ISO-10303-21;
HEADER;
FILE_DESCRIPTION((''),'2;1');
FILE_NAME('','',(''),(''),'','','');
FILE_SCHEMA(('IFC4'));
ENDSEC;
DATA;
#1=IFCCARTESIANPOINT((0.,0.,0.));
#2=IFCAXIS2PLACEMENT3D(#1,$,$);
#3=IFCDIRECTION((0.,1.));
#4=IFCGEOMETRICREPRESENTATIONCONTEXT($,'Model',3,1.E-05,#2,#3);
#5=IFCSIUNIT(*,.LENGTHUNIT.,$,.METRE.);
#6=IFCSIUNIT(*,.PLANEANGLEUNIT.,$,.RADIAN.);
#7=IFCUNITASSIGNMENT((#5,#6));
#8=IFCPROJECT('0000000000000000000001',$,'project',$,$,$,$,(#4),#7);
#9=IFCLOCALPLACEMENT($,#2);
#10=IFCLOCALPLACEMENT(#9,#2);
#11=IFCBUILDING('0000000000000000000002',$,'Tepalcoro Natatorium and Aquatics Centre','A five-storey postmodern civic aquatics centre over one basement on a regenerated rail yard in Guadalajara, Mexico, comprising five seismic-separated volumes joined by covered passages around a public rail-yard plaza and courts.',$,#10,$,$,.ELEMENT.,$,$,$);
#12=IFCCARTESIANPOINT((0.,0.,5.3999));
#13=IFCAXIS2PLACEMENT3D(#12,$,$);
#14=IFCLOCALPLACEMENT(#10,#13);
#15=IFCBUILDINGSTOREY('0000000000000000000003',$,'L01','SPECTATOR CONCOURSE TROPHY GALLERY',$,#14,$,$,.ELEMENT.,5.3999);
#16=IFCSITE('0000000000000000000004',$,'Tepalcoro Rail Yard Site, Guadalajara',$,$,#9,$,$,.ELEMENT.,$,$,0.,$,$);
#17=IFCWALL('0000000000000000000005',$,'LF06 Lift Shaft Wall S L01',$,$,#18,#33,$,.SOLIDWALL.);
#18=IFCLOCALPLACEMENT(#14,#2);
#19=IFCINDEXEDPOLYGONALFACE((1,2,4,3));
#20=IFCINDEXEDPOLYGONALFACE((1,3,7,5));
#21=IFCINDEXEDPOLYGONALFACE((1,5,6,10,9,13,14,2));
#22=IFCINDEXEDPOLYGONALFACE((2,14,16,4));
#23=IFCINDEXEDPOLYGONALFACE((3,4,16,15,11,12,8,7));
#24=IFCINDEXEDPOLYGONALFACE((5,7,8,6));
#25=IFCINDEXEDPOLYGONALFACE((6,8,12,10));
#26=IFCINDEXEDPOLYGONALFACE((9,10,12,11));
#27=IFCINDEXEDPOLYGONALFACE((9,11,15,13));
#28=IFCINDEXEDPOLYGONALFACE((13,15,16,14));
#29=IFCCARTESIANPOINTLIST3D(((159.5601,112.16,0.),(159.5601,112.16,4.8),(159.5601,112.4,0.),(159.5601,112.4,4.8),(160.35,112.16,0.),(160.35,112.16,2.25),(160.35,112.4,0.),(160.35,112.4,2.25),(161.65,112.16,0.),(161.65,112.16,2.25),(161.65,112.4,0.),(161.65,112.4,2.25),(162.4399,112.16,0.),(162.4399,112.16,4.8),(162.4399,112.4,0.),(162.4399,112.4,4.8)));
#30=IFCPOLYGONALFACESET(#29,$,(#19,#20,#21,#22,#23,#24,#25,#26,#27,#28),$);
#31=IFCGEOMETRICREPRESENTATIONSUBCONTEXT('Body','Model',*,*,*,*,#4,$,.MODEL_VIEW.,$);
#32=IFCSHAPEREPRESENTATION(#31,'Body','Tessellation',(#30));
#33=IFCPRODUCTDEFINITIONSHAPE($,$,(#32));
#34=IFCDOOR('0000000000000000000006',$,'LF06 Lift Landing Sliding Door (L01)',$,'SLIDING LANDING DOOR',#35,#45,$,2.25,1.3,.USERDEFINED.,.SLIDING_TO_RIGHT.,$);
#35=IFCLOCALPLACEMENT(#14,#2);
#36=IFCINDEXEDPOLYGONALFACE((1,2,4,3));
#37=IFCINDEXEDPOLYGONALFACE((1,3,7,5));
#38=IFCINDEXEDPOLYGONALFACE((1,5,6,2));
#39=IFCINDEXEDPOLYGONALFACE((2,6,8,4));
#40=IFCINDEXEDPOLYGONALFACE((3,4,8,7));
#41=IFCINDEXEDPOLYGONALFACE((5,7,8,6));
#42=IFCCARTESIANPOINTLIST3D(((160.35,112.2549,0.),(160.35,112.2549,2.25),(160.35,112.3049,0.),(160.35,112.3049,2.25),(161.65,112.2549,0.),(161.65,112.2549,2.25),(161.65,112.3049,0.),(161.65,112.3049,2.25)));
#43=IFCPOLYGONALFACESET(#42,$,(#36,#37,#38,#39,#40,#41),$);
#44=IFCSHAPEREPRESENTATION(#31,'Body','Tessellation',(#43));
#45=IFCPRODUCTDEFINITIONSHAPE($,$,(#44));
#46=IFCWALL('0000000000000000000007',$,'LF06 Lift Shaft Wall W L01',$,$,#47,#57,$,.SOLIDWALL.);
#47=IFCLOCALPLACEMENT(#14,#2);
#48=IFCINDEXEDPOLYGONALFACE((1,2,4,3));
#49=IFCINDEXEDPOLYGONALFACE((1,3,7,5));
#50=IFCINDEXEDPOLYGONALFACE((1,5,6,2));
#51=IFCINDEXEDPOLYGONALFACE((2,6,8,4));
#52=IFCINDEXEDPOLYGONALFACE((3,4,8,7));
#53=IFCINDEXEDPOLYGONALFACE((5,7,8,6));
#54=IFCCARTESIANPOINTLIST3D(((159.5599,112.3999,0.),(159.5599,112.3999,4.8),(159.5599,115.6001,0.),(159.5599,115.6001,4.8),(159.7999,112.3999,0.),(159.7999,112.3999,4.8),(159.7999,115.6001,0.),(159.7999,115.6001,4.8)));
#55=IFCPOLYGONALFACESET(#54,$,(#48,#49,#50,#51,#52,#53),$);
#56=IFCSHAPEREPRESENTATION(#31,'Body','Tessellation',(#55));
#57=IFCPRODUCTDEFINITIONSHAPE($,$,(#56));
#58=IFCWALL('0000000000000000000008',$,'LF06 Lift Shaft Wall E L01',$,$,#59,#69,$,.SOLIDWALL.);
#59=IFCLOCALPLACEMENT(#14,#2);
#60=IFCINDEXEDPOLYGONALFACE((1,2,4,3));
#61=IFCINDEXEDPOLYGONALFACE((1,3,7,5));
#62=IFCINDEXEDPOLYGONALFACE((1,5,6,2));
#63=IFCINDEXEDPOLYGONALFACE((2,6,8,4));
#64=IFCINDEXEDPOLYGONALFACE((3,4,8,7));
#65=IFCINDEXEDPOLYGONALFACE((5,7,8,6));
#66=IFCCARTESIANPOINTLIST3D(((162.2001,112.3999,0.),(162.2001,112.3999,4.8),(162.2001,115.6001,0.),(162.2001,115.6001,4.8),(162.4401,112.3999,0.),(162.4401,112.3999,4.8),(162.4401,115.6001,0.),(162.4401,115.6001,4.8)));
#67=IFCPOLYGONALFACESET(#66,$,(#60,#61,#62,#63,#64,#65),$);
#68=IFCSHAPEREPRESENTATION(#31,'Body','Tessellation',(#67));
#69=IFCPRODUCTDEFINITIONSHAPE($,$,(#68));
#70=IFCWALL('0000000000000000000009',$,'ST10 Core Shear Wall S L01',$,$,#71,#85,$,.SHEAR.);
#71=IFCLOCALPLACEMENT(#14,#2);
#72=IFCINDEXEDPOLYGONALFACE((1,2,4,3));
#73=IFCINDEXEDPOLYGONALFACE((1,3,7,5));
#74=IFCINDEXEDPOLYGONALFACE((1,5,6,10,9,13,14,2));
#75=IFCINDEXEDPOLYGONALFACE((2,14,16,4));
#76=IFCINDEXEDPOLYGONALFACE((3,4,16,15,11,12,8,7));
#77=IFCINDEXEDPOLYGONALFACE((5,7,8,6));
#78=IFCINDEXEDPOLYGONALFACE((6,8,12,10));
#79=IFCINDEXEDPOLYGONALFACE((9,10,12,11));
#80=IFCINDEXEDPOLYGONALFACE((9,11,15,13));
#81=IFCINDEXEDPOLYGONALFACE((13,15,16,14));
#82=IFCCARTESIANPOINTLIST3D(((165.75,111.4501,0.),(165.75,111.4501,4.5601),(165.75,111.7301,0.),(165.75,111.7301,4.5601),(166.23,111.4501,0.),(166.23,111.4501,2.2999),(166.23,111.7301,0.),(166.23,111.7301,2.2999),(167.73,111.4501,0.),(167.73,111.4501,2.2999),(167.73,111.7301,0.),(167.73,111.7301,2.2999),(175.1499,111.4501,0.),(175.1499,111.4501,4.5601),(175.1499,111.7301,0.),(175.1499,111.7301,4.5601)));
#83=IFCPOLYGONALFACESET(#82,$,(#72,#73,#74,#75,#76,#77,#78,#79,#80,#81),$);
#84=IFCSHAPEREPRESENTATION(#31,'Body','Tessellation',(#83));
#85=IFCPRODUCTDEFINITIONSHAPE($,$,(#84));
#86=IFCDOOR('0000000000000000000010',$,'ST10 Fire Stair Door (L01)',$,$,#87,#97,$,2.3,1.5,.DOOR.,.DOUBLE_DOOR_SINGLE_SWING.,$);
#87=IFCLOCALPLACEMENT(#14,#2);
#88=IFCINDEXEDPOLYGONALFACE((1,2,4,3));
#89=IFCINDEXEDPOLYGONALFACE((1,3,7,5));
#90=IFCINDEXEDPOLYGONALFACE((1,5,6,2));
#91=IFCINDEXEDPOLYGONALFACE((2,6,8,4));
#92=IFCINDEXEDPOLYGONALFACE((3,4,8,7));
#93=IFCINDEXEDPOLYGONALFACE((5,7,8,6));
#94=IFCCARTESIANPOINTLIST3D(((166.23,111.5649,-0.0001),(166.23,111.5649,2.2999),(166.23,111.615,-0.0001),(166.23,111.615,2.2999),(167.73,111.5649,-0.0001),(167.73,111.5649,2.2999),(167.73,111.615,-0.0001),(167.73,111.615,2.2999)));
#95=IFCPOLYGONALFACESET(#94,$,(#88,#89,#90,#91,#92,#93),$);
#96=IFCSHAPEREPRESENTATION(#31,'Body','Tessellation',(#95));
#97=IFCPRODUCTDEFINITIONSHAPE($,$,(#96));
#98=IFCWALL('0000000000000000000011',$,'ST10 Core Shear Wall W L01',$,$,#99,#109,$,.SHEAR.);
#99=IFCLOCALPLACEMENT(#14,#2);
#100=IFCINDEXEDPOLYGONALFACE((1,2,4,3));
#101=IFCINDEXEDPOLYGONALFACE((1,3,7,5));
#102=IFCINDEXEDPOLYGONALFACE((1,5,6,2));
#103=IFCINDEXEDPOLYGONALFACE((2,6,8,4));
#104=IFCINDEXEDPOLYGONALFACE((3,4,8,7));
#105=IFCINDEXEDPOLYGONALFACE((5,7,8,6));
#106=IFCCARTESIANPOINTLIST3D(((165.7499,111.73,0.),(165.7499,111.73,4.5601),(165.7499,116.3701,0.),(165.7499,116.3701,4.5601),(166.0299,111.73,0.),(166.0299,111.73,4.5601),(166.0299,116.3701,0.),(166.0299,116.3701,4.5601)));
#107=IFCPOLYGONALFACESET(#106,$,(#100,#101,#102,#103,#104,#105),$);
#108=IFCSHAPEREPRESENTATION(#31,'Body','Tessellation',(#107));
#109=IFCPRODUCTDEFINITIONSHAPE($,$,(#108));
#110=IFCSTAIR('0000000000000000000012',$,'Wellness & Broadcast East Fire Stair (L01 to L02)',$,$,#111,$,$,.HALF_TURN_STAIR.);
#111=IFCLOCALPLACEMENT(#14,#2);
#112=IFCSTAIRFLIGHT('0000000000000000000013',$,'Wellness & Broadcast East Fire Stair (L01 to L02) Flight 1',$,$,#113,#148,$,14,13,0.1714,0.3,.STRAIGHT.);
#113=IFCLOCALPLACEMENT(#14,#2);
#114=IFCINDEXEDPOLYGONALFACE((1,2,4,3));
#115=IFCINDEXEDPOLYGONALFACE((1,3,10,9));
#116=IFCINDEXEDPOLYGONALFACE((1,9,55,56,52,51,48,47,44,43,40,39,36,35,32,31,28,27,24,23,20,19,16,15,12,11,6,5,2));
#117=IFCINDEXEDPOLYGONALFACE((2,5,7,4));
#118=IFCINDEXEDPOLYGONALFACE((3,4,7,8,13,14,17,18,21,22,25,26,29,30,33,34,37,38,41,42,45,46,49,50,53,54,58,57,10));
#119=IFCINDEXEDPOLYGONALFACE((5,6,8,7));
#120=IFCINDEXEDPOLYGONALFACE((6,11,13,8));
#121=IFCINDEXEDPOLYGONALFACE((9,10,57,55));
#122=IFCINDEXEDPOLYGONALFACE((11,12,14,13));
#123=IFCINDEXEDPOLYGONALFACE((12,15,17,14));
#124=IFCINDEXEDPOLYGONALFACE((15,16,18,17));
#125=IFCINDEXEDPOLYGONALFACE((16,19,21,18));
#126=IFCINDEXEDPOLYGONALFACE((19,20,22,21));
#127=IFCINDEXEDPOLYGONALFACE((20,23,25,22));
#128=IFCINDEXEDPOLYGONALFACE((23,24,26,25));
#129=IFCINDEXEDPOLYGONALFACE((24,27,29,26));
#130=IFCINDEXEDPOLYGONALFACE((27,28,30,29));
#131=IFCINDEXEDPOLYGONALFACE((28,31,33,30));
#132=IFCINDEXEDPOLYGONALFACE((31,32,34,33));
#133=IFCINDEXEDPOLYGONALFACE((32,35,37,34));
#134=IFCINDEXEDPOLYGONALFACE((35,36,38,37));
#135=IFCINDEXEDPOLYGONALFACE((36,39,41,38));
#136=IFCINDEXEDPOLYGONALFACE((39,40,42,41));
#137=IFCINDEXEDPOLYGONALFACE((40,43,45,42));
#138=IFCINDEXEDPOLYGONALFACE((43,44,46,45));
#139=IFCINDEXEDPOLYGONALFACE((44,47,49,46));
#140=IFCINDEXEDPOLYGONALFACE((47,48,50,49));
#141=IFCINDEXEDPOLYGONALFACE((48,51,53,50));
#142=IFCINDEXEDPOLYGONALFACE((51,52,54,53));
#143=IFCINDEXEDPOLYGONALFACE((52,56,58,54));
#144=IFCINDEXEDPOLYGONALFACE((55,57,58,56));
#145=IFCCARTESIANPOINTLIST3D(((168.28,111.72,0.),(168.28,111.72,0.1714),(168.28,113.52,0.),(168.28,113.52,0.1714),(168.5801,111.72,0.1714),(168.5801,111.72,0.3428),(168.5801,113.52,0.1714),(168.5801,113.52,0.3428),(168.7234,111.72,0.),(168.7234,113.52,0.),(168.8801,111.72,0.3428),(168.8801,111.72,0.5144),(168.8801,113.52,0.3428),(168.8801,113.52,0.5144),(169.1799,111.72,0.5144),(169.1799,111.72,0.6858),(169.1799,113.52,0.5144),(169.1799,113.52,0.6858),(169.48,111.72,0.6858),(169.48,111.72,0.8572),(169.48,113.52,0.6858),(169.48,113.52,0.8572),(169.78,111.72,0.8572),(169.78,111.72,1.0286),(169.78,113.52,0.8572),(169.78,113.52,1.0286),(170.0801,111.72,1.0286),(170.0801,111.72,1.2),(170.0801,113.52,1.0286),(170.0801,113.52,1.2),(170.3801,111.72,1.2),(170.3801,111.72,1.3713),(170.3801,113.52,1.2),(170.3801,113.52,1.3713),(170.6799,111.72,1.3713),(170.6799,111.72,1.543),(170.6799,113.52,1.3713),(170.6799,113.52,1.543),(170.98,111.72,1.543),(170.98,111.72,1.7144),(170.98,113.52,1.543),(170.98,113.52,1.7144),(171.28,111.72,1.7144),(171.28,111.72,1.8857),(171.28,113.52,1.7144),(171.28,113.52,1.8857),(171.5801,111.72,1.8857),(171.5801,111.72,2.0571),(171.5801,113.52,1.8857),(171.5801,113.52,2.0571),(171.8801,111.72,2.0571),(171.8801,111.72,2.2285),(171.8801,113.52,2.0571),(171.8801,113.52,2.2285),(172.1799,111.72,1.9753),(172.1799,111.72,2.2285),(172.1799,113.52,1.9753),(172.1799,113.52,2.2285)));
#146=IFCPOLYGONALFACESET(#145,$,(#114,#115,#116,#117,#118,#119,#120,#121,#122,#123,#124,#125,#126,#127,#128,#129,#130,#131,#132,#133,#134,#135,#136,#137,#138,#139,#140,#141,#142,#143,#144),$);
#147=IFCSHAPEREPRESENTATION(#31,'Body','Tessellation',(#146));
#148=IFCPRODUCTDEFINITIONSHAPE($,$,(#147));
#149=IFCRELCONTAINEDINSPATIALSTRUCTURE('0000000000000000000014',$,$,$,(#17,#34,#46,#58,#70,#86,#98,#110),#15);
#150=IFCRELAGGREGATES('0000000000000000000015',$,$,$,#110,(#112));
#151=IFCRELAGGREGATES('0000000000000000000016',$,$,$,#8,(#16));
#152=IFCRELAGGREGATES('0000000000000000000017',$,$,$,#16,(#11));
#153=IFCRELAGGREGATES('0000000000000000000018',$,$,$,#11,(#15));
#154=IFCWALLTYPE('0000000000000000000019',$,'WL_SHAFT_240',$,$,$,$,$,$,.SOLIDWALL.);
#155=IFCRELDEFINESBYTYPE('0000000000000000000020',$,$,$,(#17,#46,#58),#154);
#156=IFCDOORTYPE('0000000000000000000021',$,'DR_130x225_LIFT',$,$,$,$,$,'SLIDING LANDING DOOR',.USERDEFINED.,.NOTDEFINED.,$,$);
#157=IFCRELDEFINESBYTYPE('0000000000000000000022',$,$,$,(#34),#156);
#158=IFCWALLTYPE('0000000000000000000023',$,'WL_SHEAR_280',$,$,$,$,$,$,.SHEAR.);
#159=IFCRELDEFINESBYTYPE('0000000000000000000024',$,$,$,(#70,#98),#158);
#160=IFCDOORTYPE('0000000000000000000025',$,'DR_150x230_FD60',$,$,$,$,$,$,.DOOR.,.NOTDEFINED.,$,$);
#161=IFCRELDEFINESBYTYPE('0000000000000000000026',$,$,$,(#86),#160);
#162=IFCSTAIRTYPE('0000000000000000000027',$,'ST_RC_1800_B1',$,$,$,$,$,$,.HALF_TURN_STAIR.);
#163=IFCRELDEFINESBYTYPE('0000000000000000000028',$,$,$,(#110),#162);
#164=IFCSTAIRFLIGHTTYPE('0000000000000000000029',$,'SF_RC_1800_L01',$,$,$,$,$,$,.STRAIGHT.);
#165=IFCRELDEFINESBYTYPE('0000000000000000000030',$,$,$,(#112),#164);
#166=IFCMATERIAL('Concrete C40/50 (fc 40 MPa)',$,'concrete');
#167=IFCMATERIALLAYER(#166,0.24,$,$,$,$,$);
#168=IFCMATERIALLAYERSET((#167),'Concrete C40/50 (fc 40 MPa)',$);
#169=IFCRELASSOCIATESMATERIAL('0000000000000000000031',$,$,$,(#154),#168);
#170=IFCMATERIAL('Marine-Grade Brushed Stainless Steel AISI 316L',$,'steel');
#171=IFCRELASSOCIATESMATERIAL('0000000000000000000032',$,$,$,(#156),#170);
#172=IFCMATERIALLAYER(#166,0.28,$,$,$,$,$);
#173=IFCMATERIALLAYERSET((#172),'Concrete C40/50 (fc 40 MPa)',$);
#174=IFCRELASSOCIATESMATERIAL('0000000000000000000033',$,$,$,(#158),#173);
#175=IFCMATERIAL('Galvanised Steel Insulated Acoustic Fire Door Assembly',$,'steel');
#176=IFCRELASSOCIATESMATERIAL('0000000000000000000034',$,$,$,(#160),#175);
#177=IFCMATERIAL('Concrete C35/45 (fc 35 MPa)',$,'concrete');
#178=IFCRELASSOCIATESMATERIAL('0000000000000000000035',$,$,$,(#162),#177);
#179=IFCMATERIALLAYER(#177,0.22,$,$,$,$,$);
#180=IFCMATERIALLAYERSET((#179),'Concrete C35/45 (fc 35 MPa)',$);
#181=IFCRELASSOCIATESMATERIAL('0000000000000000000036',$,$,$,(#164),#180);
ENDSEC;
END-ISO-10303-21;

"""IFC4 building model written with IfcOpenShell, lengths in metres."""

from ifc_helpers import new_model, si_unit, direction, frame, frame_2d, origin, place, context, subcontext, project, spatial, polyline, rectangle, outline, extrude, material, layer, layer_set, type_object, element, fill, aggregate, save


model = new_model("IFC4")

# Units and contexts
model_context = context("Model", 3, precision=1e-05, world=origin(), true_north=direction((0.0, 1.0)))
body_context = subcontext(model_context, "Body", "Model", "MODEL_VIEW")
ifc_project = project(units=[si_unit("LENGTHUNIT", "METRE"), si_unit("PLANEANGLEUNIT", "RADIAN")], contexts=[model_context])

# Site, building, storey
site_placement = place(None, origin())
site = spatial("IfcSite", under=ifc_project, at=site_placement, Name="Tepalcoro Rail Yard Site, Guadalajara", CompositionType="ELEMENT", RefElevation=0.0)
building_placement = place(site_placement, origin())
building = spatial("IfcBuilding", under=site, at=building_placement, Name="Tepalcoro Natatorium and Aquatics Centre", Description="A five-storey postmodern civic aquatics centre over one basement on a regenerated rail yard in Guadalajara, Mexico, comprising five seismic-separated volumes joined by covered passages around a public rail-yard plaza and courts.", CompositionType="ELEMENT")
storey_placement = place(building_placement, frame((0.0, 0.0, 5.3999)))
storey = spatial("IfcBuildingStorey", under=building, at=storey_placement, Name="L01", Description="SPECTATOR CONCOURSE TROPHY GALLERY", CompositionType="ELEMENT", Elevation=5.3999)

# Shared definitions
ifc_material_1 = material(Name="Concrete C40/50 (fc 40 MPa)", Category="concrete")

# Wall, opening, door
ifc_layer_1 = layer(ifc_material_1, 0.24)
ifc_layer_set_1 = layer_set([ifc_layer_1], Name="Concrete C40/50 (fc 40 MPa)")
wall_type_1 = type_object("IfcWallType", Name="WL_SHAFT_240", PredefinedType="SOLIDWALL", material=ifc_layer_set_1)
wall_1_placement = place(storey_placement, frame((159.5601, 112.28, 0.0), z_axis=(0.0, 0.0, 1.0), x_axis=(1.0, 0.0, 0.0)))
wall_1 = element("IfcWall", 1, at=wall_1_placement, inside=storey, type_object=wall_type_1, Name="LF06 Lift Shaft Wall S L01", PredefinedType="SOLIDWALL", context=body_context, shape_type="SweptSolid", body=[
    extrude(rectangle(XDim=2.8799, YDim=0.24, at=frame_2d((1.4399, 0.0))), origin(), (0.0, 0.0, 1.0), 4.8),
])
opening_1_placement = place(wall_1_placement, frame((0.79, 0.0, 0.0)))
opening_1 = element("IfcOpeningElement", 2, at=opening_1_placement, cuts=wall_1, PredefinedType="OPENING", context=body_context, shape_type="SweptSolid", body=[
    extrude(rectangle(XDim=1.3, YDim=2.25, at=frame_2d((0.6499, 1.125))), frame((0.0, 0.1318, 0.0), z_axis=(0.0, -1.0, 0.0), x_axis=(1.0, 0.0, 0.0)), (0.0, 0.0, 1.0), 0.2639),
])
ifc_material_2 = material(Name="Marine-Grade Brushed Stainless Steel AISI 316L", Category="steel")
door_type_1 = type_object("IfcDoorType", Name="DR_130x225_LIFT", ElementType="SLIDING LANDING DOOR", OperationType="NOTDEFINED", PredefinedType="USERDEFINED", material=ifc_material_2)
door_1_placement = place(opening_1_placement, origin())
door_1 = element("IfcDoor", 3, at=door_1_placement, inside=storey, type_object=door_type_1, Name="LF06 Lift Landing Sliding Door (L01)", ObjectType="SLIDING LANDING DOOR", OperationType="SLIDING_TO_RIGHT", OverallHeight=2.25, OverallWidth=1.3, PredefinedType="USERDEFINED", context=body_context, shape_type="SweptSolid", body=[
    extrude(rectangle(XDim=1.3, YDim=2.25, at=frame_2d((0.6499, 1.125))), frame((0.0, 0.0249, 0.0), z_axis=(0.0, -1.0, 0.0), x_axis=(1.0, 0.0, 0.0)), (0.0, 0.0, 1.0), 0.05),
])
fill(opening_1, door_1)

# Walls
for number, where, z_axis, x_axis, name in (
    (4, (159.6799, 112.3999, 0.0), (0.0, 0.0, 1.0), (0.0, 1.0, 0.0), "LF06 Lift Shaft Wall W L01"),
    (5, (162.3201, 112.3999, 0.0), (0.0, 0.0, 1.0), (0.0, 1.0, 0.0), "LF06 Lift Shaft Wall E L01"),
):
    element("IfcWall", number, at=place(storey_placement, frame(where, z_axis=z_axis, x_axis=x_axis)), inside=storey, type_object=wall_type_1, Name=name, PredefinedType="SOLIDWALL", context=body_context, shape_type="SweptSolid", body=[
        extrude(rectangle(XDim=3.2002, YDim=0.24, at=frame_2d((1.6001, 0.0))), origin(), (0.0, 0.0, 1.0), 4.8),
    ])

# Wall, opening, door
ifc_layer_2 = layer(ifc_material_1, 0.28)
ifc_layer_set_2 = layer_set([ifc_layer_2], Name="Concrete C40/50 (fc 40 MPa)")
wall_type_2 = type_object("IfcWallType", Name="WL_SHEAR_280", PredefinedType="SHEAR", material=ifc_layer_set_2)
wall_2_placement = place(storey_placement, frame((165.75, 111.5901, 0.0), z_axis=(0.0, 0.0, 1.0), x_axis=(1.0, 0.0, 0.0)))
wall_2 = element("IfcWall", 6, at=wall_2_placement, inside=storey, type_object=wall_type_2, Name="ST10 Core Shear Wall S L01", PredefinedType="SHEAR", context=body_context, shape_type="SweptSolid", body=[
    extrude(rectangle(XDim=9.3999, YDim=0.28, at=frame_2d((4.7, 0.0))), origin(), (0.0, 0.0, 1.0), 4.5601),
])
opening_2_placement = place(wall_2_placement, frame((0.48, 0.0, 0.0)))
opening_2 = element("IfcOpeningElement", 7, at=opening_2_placement, cuts=wall_2, PredefinedType="OPENING", context=body_context, shape_type="SweptSolid", body=[
    extrude(rectangle(XDim=1.5, YDim=2.3, at=frame_2d((0.75, 1.1499))), frame((0.0, 0.1519, 0.0), z_axis=(0.0, -1.0, 0.0), x_axis=(1.0, 0.0, 0.0)), (0.0, 0.0, 1.0), 0.304),
])
ifc_material_3 = material(Name="Galvanised Steel Insulated Acoustic Fire Door Assembly", Category="steel")
door_type_2 = type_object("IfcDoorType", Name="DR_150x230_FD60", OperationType="NOTDEFINED", PredefinedType="DOOR", material=ifc_material_3)
door_2_placement = place(opening_2_placement, origin())
door_2 = element("IfcDoor", 8, at=door_2_placement, inside=storey, type_object=door_type_2, Name="ST10 Fire Stair Door (L01)", OperationType="DOUBLE_DOOR_SINGLE_SWING", OverallHeight=2.3, OverallWidth=1.5, PredefinedType="DOOR", context=body_context, shape_type="SweptSolid", body=[
    extrude(rectangle(XDim=1.5, YDim=2.3, at=frame_2d((0.75, 1.1499))), frame((0.0, 0.0249, 0.0), z_axis=(0.0, -1.0, 0.0), x_axis=(1.0, 0.0, 0.0)), (0.0, 0.0, 1.0), 0.05),
])
fill(opening_2, door_2)

# Wall
wall_3_placement = place(storey_placement, frame((165.8899, 111.73, 0.0), z_axis=(0.0, 0.0, 1.0), x_axis=(0.0, 1.0, 0.0)))
element("IfcWall", 9, at=wall_3_placement, inside=storey, type_object=wall_type_2, Name="ST10 Core Shear Wall W L01", PredefinedType="SHEAR", context=body_context, shape_type="SweptSolid", body=[
    extrude(rectangle(XDim=4.6401, YDim=0.28, at=frame_2d((2.3201, 0.0))), origin(), (0.0, 0.0, 1.0), 4.5601),
])

# Stair, stair flight
ifc_material_4 = material(Name="Concrete C35/45 (fc 35 MPa)", Category="concrete")
stair_type = type_object("IfcStairType", Name="ST_RC_1800_B1", PredefinedType="HALF_TURN_STAIR", material=ifc_material_4)
stair_placement = place(storey_placement, origin())
stair = element("IfcStair", 10, at=stair_placement, inside=storey, type_object=stair_type, Name="Wellness & Broadcast East Fire Stair (L01 to L02)", PredefinedType="HALF_TURN_STAIR")
ifc_layer_3 = layer(ifc_material_4, 0.22)
ifc_layer_set_3 = layer_set([ifc_layer_3], Name="Concrete C35/45 (fc 35 MPa)")
stair_flight_type = type_object("IfcStairFlightType", Name="SF_RC_1800_L01", PredefinedType="STRAIGHT", material=ifc_layer_set_3)
stair_flight_placement = place(storey_placement, frame((168.28, 112.6201, 0.0), z_axis=(0.0, 0.0, 1.0), x_axis=(1.0, 0.0, 0.0)))
stair_flight = element("IfcStairFlight", 11, at=stair_flight_placement, type_object=stair_flight_type, Name="Wellness & Broadcast East Fire Stair (L01 to L02) Flight 1", NumberOfRisers=14, NumberOfTreads=13, PredefinedType="STRAIGHT", RiserHeight=0.1714, TreadLength=0.3, context=body_context, shape_type="SweptSolid", body=[
    extrude(outline(polyline([(0.0, 0.0), (0.0, 0.1714), (0.3, 0.1714), (0.3, 0.3428), (0.6001, 0.3428), (0.6001, 0.5144), (0.8999, 0.5144), (0.8999, 0.6858), (1.2, 0.6858), (1.2, 0.8572), (1.5, 0.8572), (1.5, 1.0286), (1.8, 1.0286), (1.8, 1.2), (2.1001, 1.2), (2.1001, 1.3713), (2.3999, 1.3713), (2.3999, 1.543), (2.7, 1.543), (2.7, 1.7144), (3.0, 1.7144), (3.0, 1.8857), (3.3, 1.8857), (3.3, 2.0571), (3.6001, 2.0571), (3.6001, 2.2285), (3.8999, 2.2285), (3.8999, 2.3999), (3.8999, 1.9753), (0.4434, 0.0), (0.0, 0.0)])), frame((0.0, 0.8999, 0.0), z_axis=(0.0, -1.0, 0.0), x_axis=(1.0, 0.0, 0.0)), (0.0, 0.0, 1.0), 1.8),
])
aggregate(stair, [stair_flight])

save(model, "model.ifc")
